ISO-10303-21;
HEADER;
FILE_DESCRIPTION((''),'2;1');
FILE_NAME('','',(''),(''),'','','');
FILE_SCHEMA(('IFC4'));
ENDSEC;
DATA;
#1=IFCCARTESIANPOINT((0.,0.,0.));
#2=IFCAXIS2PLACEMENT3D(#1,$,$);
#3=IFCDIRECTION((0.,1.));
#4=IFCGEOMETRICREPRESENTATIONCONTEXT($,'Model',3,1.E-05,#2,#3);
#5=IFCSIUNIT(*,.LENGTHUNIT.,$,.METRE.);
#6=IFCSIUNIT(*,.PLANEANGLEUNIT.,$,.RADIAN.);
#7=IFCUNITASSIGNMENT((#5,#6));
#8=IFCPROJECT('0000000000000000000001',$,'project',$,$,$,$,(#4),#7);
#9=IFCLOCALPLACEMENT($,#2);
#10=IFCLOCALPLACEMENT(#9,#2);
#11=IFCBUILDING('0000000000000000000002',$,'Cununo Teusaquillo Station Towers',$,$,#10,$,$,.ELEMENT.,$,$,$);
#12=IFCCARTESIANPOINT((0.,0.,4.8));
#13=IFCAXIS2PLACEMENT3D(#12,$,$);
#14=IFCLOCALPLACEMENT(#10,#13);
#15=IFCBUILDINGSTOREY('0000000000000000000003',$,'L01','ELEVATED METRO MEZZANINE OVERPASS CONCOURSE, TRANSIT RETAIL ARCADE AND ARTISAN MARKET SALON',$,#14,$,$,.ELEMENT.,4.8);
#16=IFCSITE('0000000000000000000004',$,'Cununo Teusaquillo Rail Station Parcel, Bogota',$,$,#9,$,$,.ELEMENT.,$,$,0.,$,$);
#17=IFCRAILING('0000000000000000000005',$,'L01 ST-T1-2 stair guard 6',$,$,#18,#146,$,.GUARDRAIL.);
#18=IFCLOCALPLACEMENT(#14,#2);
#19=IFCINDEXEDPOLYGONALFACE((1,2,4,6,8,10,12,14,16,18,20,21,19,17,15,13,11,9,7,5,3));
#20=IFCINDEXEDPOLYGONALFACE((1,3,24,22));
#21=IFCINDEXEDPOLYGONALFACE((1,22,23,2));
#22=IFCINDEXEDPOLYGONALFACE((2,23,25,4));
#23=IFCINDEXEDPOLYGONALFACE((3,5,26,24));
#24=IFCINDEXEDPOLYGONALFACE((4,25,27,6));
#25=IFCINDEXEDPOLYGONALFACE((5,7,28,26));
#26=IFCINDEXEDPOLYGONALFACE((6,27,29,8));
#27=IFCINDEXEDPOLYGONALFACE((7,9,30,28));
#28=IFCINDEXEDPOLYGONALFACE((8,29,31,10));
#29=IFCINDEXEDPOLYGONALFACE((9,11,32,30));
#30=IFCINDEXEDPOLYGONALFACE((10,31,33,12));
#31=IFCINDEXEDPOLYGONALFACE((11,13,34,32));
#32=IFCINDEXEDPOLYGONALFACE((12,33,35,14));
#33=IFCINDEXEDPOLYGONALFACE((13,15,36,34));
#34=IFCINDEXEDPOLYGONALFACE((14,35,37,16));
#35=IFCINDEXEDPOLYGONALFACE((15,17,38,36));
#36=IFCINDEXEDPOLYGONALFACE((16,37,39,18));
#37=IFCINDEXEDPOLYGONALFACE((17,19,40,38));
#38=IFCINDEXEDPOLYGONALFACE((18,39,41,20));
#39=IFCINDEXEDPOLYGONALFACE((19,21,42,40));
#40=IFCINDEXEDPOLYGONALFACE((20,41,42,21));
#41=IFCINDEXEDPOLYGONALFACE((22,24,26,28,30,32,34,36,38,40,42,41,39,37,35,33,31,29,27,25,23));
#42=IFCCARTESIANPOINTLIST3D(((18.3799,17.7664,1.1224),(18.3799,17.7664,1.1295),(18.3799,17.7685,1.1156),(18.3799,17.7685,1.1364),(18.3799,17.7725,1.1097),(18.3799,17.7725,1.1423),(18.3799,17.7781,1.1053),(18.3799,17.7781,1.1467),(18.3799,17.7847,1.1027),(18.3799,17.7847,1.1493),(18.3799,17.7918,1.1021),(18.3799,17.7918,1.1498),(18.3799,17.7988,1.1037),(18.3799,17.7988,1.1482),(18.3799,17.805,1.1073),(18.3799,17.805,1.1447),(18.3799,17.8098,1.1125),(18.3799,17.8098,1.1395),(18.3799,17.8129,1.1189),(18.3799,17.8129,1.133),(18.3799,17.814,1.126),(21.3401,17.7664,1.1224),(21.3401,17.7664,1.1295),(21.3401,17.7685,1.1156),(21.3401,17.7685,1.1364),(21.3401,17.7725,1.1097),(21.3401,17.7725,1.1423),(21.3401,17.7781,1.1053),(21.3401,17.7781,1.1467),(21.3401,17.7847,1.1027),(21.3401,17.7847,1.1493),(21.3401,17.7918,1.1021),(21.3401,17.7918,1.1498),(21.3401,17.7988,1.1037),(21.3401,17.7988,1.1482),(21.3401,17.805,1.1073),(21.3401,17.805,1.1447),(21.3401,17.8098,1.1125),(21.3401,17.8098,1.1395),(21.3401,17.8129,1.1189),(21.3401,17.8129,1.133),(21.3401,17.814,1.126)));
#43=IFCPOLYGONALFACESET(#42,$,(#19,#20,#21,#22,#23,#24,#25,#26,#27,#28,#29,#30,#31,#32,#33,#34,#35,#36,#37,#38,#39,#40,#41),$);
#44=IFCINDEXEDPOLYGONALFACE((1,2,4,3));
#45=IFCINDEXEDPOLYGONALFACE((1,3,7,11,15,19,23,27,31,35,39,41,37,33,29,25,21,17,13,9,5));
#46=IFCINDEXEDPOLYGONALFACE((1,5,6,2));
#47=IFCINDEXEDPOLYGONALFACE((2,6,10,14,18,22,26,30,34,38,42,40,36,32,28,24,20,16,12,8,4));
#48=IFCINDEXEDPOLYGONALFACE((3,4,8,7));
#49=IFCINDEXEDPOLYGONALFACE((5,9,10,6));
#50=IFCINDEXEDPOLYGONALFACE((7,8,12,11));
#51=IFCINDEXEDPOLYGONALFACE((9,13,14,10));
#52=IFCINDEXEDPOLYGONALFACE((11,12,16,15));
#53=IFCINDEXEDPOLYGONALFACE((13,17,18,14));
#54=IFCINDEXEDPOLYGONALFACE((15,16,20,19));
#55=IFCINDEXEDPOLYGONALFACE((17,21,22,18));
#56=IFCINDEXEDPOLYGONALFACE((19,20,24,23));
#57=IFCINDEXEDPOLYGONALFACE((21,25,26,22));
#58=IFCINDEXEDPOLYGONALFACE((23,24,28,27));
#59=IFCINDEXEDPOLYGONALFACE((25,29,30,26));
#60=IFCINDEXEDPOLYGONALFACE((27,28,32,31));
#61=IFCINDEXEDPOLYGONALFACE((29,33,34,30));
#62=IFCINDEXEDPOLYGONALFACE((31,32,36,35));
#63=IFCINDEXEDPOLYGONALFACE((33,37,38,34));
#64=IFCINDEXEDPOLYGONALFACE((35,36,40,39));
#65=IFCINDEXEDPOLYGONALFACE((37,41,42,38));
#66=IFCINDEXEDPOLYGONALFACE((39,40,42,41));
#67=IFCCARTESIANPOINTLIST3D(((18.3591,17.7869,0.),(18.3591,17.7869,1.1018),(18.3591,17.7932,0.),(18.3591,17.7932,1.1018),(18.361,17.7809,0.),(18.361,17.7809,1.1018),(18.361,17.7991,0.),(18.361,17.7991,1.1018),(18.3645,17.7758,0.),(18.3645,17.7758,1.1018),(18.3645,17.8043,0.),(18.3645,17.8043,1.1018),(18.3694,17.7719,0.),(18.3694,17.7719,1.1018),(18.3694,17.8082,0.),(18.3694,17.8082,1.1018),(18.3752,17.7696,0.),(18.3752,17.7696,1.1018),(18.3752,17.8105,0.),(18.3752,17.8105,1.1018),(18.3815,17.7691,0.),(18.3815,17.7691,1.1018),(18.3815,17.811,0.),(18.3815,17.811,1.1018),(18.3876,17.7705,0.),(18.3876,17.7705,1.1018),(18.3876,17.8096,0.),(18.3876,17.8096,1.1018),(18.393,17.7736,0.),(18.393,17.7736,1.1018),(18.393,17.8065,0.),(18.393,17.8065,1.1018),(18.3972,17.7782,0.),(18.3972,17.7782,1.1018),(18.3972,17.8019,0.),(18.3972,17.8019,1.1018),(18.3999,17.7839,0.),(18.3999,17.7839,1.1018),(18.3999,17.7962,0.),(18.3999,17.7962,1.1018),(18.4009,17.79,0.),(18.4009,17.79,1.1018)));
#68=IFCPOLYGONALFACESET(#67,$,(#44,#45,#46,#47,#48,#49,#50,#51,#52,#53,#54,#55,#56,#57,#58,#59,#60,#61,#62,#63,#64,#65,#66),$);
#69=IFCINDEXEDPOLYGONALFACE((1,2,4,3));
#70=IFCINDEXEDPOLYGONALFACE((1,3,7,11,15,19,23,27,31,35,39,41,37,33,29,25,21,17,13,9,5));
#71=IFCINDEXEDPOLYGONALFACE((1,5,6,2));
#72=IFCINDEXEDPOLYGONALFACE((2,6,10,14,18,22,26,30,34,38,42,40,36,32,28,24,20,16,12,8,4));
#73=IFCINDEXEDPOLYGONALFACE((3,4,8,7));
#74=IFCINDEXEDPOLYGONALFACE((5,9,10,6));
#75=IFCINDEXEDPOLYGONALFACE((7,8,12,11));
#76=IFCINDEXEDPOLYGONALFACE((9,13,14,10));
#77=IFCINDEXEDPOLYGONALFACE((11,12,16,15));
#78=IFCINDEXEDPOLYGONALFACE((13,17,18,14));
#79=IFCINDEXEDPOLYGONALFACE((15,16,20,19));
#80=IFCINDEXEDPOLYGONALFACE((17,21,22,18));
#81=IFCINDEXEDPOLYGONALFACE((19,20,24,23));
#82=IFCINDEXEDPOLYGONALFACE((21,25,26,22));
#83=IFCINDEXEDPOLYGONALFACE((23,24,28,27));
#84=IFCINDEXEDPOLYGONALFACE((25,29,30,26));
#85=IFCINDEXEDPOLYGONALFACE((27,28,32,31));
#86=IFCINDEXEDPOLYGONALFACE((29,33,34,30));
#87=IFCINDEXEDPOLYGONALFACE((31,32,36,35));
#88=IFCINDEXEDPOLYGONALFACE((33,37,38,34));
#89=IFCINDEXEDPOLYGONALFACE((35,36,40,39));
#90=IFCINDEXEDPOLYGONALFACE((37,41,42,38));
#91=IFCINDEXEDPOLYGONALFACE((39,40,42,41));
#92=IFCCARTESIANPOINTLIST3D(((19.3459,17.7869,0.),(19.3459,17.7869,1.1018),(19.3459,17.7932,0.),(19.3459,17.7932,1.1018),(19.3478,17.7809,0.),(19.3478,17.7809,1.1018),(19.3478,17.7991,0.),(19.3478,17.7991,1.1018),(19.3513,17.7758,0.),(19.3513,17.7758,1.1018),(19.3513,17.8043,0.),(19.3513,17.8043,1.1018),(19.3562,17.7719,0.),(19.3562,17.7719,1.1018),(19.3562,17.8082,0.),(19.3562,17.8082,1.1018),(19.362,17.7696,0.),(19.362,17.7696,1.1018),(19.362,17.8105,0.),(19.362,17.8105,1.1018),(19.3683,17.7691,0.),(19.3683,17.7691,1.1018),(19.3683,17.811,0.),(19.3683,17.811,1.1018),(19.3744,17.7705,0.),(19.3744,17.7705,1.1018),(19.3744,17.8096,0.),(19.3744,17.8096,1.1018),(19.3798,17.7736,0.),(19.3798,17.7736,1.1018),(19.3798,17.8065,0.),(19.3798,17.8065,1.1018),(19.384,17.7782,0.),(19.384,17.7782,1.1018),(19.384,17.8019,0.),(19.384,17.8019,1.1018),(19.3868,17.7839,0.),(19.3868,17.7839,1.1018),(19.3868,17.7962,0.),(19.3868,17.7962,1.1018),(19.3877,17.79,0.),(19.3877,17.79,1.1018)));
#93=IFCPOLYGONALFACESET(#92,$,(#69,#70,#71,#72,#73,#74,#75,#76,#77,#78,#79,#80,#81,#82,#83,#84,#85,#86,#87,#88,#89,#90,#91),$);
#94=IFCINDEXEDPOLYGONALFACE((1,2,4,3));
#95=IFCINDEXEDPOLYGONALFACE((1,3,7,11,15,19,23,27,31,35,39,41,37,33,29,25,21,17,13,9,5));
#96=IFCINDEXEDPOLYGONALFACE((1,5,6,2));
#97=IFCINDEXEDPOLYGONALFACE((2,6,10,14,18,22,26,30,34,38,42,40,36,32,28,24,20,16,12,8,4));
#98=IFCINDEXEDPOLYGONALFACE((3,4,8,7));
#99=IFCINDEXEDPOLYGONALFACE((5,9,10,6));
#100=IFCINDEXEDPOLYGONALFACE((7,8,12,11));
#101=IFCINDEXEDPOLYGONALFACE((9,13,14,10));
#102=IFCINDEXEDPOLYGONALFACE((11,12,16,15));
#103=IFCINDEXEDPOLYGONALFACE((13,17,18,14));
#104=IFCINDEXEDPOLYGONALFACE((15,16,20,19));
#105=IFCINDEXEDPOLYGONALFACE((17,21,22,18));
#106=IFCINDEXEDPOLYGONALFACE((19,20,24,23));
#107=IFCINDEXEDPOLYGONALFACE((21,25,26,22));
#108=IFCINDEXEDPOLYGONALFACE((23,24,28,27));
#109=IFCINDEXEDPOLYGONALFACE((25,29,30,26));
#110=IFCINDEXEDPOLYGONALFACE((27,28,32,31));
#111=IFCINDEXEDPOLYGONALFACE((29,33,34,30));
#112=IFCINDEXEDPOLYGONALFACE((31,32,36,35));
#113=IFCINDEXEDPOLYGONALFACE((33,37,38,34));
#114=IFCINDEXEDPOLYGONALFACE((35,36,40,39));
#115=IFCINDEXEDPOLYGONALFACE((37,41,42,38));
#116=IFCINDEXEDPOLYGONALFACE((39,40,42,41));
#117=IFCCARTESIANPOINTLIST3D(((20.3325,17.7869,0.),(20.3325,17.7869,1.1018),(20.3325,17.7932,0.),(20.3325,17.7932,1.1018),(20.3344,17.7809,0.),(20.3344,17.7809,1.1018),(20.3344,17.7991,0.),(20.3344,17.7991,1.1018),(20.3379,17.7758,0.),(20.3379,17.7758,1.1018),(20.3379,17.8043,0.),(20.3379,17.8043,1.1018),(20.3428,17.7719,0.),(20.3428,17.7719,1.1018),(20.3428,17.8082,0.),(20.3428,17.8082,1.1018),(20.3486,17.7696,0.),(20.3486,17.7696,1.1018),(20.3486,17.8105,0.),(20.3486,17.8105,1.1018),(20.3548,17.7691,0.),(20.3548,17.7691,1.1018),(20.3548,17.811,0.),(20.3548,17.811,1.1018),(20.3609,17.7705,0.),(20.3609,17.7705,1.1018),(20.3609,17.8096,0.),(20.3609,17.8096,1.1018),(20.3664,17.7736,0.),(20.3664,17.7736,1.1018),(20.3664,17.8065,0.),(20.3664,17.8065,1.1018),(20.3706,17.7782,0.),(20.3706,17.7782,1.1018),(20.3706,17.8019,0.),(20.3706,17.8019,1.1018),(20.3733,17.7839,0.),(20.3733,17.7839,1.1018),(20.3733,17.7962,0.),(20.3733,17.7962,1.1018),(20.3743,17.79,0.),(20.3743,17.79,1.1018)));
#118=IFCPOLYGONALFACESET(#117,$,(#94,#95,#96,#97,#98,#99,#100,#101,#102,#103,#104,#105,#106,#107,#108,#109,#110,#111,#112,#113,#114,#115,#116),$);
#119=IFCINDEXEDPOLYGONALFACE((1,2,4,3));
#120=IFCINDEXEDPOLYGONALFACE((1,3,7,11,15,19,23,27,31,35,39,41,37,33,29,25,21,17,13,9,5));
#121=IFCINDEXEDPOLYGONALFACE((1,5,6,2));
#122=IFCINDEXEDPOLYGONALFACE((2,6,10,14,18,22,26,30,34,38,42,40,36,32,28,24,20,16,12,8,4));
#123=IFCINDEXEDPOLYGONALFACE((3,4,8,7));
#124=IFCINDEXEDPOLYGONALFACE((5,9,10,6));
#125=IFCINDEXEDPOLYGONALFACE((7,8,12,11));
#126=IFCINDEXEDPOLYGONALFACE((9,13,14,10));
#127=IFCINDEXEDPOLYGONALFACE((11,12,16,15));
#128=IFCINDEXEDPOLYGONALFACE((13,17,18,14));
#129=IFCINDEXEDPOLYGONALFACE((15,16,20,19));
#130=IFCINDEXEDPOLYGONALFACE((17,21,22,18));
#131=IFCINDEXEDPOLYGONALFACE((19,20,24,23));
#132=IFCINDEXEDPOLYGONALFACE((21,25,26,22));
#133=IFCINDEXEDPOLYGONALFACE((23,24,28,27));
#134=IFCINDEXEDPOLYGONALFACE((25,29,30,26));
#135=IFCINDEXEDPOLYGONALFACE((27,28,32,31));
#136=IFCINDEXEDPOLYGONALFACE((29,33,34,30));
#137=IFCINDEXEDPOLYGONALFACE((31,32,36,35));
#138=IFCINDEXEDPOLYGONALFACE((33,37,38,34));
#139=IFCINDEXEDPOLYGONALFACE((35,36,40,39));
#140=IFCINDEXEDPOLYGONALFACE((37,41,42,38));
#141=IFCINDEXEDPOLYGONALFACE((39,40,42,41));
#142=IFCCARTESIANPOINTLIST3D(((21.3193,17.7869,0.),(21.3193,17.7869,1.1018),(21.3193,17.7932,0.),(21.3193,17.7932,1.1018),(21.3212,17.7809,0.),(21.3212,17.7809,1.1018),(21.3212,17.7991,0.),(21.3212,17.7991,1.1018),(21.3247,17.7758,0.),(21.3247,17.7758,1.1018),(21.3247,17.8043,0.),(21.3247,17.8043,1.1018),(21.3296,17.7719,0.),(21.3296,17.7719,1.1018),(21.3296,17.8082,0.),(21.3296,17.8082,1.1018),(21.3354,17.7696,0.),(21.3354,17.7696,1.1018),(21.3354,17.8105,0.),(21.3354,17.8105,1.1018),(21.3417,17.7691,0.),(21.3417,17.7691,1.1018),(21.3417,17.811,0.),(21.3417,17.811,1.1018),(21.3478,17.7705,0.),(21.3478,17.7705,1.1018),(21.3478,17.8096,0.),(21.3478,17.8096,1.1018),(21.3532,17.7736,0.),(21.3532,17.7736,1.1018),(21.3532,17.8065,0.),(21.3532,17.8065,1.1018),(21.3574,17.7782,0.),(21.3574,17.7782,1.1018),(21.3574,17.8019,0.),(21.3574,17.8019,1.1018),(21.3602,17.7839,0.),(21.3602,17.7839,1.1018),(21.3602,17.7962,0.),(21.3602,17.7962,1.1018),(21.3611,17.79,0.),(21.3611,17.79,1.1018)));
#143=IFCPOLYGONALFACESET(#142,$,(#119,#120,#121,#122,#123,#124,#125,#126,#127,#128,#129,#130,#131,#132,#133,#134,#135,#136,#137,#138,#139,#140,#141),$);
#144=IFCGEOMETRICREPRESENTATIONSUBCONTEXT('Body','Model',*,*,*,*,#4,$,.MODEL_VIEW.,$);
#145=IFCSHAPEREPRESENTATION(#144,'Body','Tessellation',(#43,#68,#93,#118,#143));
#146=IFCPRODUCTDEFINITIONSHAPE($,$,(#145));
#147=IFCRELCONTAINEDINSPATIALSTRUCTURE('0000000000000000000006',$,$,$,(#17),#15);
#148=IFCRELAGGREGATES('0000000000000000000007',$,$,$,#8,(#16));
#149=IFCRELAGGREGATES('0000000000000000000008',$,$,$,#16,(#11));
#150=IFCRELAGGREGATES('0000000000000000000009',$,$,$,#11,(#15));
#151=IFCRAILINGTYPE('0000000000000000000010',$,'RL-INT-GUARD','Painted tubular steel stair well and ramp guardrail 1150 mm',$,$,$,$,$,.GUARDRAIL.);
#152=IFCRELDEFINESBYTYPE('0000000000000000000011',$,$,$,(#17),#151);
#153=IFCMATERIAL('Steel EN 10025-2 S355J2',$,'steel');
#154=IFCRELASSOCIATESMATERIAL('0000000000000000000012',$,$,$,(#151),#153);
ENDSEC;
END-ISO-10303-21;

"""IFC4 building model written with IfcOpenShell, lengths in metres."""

from ifc_helpers import new_model, si_unit, direction, frame, origin, origin_2d, place, context, subcontext, project, spatial, circle, extrude, material, type_object, element, save


model = new_model("IFC4")

# Units and contexts
model_context = context("Model", 3, precision=1e-05, world=origin(), true_north=direction((0.0, 1.0)))
body_context = subcontext(model_context, "Body", "Model", "MODEL_VIEW")
ifc_project = project(units=[si_unit("LENGTHUNIT", "METRE"), si_unit("PLANEANGLEUNIT", "RADIAN")], contexts=[model_context])

# Site, building, storey
site_placement = place(None, origin())
site = spatial("IfcSite", under=ifc_project, at=site_placement, Name="Cununo Teusaquillo Rail Station Parcel, Bogota", CompositionType="ELEMENT", RefElevation=0.0)
building_placement = place(site_placement, origin())
building = spatial("IfcBuilding", under=site, at=building_placement, Name="Cununo Teusaquillo Station Towers", CompositionType="ELEMENT")
storey_placement = place(building_placement, frame((0.0, 0.0, 4.8)))
storey = spatial("IfcBuildingStorey", under=building, at=storey_placement, Name="L01", Description="ELEVATED METRO MEZZANINE OVERPASS CONCOURSE, TRANSIT RETAIL ARCADE AND ARTISAN MARKET SALON", CompositionType="ELEMENT", Elevation=4.8)

# Railing
ifc_material_1 = material(Name="Steel EN 10025-2 S355J2", Category="steel")
railing_type_1 = type_object("IfcRailingType", Name="RL-INT-GUARD", Description="Painted tubular steel stair well and ramp guardrail 1150 mm", PredefinedType="GUARDRAIL", material=ifc_material_1)
railing_1_placement = place(storey_placement, frame((18.3799, 17.79, 0.0)))
element("IfcRailing", 1, at=railing_1_placement, inside=storey, type_object=railing_type_1, Name="L01 ST-T1-2 stair guard 6", PredefinedType="GUARDRAIL", context=body_context, shape_type="SweptSolid", body=[
    extrude(circle(Radius=0.0239, at=origin_2d()), frame((0.0, 0.0, 1.126), z_axis=(1.0, 0.0, 0.0), x_axis=(0.0, 1.0, 0.0)), (0.0, 0.0, 1.0), 2.9602),
    extrude(circle(Radius=0.021, at=origin_2d()), origin(), (0.0, 0.0, 1.0), 1.1018),
    extrude(circle(Radius=0.021, at=origin_2d()), frame((0.9868, 0.0, 0.0)), (0.0, 0.0, 1.0), 1.1018),
    extrude(circle(Radius=0.021, at=origin_2d()), frame((1.9734, 0.0, 0.0)), (0.0, 0.0, 1.0), 1.1018),
    extrude(circle(Radius=0.021, at=origin_2d()), frame((2.9602, 0.0, 0.0)), (0.0, 0.0, 1.0), 1.1018),
])

save(model, "model.ifc")
